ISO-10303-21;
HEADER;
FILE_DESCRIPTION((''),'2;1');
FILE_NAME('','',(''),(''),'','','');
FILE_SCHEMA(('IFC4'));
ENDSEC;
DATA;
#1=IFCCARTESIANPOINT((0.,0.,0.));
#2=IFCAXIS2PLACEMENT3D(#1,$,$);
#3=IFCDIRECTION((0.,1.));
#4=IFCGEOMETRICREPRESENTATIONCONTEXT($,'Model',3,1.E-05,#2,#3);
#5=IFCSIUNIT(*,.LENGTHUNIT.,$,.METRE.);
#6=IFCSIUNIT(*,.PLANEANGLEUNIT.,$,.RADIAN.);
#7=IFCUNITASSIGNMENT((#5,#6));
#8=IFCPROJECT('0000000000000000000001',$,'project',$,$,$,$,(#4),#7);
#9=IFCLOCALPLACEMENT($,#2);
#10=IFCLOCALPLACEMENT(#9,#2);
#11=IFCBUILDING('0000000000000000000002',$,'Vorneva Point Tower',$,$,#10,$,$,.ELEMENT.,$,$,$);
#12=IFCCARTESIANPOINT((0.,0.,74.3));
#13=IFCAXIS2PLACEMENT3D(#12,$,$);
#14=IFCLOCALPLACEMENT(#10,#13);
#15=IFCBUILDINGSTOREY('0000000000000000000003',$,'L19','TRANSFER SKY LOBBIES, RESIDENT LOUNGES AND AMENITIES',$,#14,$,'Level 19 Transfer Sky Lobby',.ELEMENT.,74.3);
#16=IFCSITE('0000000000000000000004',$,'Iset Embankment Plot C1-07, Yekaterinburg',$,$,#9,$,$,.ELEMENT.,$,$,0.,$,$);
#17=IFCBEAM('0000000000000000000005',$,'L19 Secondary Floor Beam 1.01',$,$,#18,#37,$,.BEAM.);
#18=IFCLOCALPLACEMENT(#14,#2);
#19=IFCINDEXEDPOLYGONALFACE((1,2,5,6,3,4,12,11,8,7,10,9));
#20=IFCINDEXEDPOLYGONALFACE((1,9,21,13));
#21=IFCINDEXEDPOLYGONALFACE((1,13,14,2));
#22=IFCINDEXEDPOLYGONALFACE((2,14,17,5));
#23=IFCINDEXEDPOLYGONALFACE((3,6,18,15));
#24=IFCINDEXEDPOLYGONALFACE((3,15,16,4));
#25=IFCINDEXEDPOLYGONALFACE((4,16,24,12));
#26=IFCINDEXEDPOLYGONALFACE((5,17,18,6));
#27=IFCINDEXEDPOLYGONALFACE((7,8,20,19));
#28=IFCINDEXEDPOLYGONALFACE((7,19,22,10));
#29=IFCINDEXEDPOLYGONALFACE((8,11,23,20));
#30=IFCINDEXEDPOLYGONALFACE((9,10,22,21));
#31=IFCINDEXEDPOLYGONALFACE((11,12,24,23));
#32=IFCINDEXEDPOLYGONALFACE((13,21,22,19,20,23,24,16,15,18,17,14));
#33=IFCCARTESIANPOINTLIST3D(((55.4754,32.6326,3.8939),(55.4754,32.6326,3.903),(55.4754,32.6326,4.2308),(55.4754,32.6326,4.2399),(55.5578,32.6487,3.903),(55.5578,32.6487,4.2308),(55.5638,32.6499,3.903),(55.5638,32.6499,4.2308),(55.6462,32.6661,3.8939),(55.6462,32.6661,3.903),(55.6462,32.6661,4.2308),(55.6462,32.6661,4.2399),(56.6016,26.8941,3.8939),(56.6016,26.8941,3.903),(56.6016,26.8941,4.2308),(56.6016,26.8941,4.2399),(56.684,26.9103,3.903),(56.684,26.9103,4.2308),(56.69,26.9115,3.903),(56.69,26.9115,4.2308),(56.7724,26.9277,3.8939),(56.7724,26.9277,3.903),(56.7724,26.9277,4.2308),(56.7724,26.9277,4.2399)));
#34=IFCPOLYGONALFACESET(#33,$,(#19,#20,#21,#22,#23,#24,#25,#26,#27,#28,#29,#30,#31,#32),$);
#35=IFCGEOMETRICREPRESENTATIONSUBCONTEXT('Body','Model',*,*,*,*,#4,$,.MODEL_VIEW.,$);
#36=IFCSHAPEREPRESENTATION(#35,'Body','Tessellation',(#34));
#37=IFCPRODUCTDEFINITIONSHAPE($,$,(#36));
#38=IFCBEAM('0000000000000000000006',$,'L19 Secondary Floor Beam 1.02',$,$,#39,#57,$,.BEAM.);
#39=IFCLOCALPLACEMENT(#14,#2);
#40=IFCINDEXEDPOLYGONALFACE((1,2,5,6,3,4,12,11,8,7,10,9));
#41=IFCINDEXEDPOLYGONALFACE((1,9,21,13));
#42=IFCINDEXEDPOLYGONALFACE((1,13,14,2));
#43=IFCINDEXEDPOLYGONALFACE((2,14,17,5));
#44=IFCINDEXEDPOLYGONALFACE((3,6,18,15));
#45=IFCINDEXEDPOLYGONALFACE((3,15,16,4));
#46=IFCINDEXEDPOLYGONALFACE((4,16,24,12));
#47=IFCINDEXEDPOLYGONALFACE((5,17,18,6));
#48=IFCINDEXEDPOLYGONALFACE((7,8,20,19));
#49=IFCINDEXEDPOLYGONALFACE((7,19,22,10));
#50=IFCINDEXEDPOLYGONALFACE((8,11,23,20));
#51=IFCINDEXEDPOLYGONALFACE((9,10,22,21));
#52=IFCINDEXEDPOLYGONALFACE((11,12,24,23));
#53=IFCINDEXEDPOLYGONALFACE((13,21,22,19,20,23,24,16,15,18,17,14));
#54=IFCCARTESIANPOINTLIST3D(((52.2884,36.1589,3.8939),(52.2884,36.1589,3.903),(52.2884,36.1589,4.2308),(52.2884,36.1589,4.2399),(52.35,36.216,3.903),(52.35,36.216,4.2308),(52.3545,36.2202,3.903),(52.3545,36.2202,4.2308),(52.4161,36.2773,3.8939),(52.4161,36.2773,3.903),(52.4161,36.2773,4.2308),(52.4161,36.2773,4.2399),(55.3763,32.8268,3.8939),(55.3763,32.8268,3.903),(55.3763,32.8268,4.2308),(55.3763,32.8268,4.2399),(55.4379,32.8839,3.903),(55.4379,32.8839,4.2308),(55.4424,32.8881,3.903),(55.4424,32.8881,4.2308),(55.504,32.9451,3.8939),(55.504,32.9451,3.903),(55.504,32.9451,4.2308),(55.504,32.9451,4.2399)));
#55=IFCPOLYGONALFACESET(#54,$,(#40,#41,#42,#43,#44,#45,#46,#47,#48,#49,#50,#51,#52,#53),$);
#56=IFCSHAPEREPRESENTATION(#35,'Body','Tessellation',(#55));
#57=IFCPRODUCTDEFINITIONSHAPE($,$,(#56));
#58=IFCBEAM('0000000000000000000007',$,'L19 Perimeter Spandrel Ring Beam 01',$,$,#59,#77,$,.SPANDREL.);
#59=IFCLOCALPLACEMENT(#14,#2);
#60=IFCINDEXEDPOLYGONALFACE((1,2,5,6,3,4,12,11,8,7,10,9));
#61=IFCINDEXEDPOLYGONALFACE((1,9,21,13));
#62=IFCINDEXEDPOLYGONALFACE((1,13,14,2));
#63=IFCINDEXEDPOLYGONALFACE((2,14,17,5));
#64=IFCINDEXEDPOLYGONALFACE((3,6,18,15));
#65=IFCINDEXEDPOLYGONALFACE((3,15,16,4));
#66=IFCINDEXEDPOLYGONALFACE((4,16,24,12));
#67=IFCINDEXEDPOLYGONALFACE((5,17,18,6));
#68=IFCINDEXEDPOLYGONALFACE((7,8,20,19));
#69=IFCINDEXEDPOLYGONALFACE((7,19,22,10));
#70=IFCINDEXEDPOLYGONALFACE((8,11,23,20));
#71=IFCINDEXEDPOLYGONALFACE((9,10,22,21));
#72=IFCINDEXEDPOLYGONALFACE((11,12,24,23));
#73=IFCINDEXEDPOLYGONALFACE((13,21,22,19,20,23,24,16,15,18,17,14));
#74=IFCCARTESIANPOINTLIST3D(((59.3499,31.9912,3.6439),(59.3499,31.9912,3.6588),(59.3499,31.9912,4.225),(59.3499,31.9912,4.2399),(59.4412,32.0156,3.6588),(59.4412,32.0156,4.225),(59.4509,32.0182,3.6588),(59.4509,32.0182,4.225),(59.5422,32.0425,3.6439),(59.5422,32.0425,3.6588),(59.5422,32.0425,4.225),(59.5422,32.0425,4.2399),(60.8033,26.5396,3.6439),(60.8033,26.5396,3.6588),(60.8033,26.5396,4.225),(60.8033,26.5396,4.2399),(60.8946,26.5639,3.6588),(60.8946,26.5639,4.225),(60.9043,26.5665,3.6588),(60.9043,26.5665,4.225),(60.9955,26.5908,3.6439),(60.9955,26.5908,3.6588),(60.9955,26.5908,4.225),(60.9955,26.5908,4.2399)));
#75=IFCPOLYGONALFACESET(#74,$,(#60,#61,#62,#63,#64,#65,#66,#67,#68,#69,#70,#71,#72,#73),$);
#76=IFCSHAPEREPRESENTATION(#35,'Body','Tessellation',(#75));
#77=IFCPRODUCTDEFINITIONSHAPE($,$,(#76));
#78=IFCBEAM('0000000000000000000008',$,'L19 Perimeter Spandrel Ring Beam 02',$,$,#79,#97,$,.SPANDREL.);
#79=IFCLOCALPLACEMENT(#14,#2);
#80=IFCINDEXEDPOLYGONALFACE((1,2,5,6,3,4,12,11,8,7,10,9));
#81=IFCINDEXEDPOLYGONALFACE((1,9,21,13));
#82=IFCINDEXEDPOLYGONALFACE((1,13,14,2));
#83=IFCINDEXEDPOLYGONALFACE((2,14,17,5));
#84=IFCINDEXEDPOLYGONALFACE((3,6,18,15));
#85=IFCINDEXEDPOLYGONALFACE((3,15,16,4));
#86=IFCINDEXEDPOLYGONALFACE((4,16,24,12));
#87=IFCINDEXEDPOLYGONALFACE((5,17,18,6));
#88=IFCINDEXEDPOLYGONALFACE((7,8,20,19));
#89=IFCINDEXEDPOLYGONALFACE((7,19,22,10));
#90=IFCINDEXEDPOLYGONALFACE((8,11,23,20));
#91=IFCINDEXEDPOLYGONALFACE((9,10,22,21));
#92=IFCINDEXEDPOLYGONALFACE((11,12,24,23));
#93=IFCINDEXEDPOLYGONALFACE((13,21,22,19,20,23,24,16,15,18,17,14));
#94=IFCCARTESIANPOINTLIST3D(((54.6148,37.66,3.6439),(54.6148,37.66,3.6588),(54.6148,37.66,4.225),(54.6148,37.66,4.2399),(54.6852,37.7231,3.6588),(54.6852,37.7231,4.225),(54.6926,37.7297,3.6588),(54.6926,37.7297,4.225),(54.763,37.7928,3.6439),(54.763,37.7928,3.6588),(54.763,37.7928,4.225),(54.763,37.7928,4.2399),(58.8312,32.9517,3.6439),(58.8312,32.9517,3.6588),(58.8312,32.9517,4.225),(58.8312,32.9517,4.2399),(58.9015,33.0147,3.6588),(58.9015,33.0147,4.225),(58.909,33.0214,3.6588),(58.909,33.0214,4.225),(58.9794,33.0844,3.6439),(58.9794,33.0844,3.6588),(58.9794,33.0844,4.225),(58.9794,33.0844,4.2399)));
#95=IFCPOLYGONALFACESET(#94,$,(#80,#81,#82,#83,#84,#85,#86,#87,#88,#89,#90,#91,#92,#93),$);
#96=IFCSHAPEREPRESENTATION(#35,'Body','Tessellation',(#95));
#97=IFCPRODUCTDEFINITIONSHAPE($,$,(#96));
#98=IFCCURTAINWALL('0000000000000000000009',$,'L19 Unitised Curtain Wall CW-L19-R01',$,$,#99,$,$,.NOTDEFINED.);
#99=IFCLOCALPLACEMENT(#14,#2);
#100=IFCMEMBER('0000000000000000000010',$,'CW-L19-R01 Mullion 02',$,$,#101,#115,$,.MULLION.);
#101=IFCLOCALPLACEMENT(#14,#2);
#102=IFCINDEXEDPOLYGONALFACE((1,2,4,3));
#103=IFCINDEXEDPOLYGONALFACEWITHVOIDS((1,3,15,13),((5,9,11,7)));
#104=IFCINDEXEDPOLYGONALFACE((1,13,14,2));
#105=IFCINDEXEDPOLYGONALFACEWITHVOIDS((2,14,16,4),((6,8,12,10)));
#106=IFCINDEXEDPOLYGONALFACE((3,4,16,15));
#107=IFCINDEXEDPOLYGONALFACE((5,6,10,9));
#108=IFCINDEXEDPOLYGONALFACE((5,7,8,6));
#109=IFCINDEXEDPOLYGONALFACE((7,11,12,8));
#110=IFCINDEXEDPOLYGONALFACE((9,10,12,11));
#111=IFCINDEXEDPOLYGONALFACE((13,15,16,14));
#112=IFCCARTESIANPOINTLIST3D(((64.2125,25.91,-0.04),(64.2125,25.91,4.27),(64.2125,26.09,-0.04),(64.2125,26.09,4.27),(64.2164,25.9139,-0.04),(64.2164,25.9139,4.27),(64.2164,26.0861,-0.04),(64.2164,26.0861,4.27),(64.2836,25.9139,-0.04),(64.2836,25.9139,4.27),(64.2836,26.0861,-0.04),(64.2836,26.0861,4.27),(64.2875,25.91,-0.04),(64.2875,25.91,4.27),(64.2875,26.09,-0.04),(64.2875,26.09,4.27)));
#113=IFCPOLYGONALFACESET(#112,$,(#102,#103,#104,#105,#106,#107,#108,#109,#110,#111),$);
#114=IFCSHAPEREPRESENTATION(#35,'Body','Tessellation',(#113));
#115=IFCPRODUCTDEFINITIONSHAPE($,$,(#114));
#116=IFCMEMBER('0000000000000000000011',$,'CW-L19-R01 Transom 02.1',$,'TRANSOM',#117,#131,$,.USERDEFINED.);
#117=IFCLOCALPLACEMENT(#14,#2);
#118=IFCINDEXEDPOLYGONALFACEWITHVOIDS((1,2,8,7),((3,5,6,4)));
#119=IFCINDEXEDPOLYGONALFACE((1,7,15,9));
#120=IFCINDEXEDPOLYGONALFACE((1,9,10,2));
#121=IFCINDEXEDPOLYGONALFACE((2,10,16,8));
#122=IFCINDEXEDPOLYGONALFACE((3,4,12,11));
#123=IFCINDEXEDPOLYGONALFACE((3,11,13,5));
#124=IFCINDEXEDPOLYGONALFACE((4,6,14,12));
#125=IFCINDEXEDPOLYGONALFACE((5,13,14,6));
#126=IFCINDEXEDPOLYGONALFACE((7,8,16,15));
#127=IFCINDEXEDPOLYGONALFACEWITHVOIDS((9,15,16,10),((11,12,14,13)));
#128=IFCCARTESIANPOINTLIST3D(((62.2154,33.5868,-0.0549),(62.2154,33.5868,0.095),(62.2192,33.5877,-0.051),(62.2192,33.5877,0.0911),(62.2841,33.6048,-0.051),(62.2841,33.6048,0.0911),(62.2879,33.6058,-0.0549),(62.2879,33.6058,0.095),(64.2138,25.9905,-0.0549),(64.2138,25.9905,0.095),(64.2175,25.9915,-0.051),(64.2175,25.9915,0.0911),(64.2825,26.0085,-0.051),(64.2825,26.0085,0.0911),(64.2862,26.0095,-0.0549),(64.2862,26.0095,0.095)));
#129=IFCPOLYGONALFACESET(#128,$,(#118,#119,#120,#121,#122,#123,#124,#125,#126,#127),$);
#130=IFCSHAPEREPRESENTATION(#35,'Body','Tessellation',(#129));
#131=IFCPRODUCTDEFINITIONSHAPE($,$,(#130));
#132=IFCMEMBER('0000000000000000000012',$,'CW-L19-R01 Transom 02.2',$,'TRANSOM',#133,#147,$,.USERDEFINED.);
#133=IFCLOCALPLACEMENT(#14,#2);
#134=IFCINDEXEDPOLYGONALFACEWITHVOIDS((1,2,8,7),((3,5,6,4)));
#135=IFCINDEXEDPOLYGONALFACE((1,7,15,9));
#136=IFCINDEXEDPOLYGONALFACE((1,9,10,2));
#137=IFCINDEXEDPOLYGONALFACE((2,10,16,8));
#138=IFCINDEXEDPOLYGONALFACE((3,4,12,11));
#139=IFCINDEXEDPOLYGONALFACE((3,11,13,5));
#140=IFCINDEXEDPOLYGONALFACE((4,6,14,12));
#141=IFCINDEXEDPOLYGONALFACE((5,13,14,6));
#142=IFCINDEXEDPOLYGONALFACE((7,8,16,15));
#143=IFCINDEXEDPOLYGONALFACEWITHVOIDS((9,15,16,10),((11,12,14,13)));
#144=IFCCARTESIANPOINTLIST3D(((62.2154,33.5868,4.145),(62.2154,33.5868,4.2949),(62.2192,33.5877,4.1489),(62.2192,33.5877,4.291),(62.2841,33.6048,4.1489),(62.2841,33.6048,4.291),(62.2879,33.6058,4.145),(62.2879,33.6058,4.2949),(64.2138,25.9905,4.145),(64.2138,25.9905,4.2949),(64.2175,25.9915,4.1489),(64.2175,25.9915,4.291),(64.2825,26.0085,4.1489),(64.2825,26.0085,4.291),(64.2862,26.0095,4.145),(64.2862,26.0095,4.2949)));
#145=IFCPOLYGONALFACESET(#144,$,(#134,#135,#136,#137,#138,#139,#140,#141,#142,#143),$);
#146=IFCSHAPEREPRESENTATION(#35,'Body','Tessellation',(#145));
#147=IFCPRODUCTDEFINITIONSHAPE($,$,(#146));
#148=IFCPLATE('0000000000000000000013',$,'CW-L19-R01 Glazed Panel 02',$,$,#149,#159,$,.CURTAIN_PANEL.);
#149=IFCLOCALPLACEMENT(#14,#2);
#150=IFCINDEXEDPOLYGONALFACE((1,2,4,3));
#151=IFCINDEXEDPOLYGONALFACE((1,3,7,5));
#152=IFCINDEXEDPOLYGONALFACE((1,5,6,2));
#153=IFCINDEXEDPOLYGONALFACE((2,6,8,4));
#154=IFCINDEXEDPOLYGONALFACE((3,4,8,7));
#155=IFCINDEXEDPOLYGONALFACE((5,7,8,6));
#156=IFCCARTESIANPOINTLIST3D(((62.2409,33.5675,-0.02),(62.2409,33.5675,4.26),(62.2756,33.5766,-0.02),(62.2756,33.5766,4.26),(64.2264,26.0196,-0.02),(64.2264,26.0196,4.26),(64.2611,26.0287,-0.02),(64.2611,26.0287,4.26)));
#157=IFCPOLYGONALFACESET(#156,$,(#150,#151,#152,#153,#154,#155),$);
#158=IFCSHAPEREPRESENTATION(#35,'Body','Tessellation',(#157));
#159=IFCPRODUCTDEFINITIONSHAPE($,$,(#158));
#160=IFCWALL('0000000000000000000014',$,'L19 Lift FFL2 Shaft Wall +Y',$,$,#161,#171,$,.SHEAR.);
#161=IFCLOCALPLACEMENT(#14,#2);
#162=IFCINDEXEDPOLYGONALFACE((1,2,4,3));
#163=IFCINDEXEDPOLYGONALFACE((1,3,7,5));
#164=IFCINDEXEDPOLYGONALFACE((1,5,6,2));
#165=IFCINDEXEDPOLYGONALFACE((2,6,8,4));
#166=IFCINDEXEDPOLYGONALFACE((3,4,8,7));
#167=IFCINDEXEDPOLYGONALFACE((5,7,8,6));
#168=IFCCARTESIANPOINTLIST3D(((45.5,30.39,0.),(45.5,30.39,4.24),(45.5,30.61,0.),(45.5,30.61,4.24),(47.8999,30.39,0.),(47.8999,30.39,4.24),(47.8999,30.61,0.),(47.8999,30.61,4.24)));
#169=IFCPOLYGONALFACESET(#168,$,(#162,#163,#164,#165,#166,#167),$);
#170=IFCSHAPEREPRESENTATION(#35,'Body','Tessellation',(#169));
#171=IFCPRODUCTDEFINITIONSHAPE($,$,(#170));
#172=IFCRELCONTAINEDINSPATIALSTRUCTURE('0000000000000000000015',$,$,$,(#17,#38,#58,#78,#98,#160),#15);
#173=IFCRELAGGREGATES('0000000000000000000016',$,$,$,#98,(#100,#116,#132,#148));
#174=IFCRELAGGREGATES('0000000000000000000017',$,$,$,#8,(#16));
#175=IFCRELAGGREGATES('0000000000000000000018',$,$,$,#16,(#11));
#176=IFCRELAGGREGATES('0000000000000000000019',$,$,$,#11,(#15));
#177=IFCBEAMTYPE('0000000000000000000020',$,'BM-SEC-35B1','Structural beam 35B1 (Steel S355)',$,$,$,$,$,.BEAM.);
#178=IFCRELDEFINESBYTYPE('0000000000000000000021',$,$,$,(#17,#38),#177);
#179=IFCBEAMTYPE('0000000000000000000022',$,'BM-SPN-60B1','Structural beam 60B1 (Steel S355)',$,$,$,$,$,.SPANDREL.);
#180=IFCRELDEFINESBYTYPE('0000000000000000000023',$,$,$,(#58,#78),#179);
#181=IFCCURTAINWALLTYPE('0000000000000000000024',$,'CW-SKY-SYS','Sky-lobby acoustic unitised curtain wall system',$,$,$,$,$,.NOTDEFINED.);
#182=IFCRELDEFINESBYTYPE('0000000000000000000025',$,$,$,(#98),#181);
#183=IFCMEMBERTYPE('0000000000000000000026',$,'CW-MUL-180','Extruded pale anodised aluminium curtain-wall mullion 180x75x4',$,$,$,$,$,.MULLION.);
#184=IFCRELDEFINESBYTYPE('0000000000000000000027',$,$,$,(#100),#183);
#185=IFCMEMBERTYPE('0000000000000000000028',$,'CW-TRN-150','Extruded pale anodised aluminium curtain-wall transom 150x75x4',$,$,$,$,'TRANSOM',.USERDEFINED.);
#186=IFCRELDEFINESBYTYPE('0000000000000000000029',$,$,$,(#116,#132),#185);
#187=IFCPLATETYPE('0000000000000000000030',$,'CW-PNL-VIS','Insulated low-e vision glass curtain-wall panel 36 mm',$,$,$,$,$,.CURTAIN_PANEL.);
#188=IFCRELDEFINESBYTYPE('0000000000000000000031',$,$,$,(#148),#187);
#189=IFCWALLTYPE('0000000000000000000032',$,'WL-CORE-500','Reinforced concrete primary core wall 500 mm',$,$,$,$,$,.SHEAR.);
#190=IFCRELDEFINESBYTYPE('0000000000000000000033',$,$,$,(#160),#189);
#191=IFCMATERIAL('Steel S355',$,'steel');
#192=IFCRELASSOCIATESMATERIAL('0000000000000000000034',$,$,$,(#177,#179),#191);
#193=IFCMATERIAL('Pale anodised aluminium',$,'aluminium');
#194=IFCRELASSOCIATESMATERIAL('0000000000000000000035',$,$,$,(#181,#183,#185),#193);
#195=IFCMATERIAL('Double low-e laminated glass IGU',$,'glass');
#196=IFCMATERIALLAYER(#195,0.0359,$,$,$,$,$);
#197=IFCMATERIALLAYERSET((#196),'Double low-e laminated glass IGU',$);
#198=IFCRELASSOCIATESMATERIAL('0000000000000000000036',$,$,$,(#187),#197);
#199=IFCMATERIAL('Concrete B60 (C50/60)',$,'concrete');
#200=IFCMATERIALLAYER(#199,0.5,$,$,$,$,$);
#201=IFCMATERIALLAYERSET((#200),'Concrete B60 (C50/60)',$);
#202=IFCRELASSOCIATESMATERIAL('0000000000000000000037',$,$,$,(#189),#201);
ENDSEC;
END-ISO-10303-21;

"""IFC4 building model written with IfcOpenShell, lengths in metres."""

from ifc_helpers import new_model, si_unit, direction, frame, frame_2d, origin, origin_2d, place, context, subcontext, project, spatial, rectangle, hollow_rectangle, i_section, extrude, material, layer, layer_set, material_profile, profile_set, type_object, element, aggregate, save


model = new_model("IFC4")

# Units and contexts
model_context = context("Model", 3, precision=1e-05, world=origin(), true_north=direction((0.0, 1.0)))
body_context = subcontext(model_context, "Body", "Model", "MODEL_VIEW")
ifc_project = project(units=[si_unit("LENGTHUNIT", "METRE"), si_unit("PLANEANGLEUNIT", "RADIAN")], contexts=[model_context])

# Site, building, storey
site_placement = place(None, origin())
site = spatial("IfcSite", under=ifc_project, at=site_placement, Name="Iset Embankment Plot C1-07, Yekaterinburg", CompositionType="ELEMENT", RefElevation=0.0)
building_placement = place(site_placement, origin())
building = spatial("IfcBuilding", under=site, at=building_placement, Name="Vorneva Point Tower", CompositionType="ELEMENT")
storey_placement = place(building_placement, frame((0.0, 0.0, 74.3)))
storey = spatial("IfcBuildingStorey", under=building, at=storey_placement, Name="L19", Description="TRANSFER SKY LOBBIES, RESIDENT LOUNGES AND AMENITIES", LongName="Level 19 Transfer Sky Lobby", CompositionType="ELEMENT", Elevation=74.3)

# Shared definitions
ifc_material_1 = material(Name="Concrete B60 (C50/60)", Category="concrete")

# Beams
ifc_material_2 = material(Name="Steel S355", Category="steel")
ifc_material_profile_1 = material_profile(ifc_material_2, i_section(OverallWidth=0.1741, OverallDepth=0.3459, WebThickness=0.0061, FlangeThickness=0.009, at=origin_2d()), Name="35B1")
ifc_profile_set_1 = profile_set([ifc_material_profile_1], Name="Steel S355")
beam_type_1 = type_object("IfcBeamType", Name="BM-SEC-35B1", Description="Structural beam 35B1 (Steel S355)", PredefinedType="BEAM", material=ifc_profile_set_1)
beam_1_placement = place(storey_placement, frame((56.687, 26.9109, 4.0669), z_axis=(-0.192582, 0.981281, 0.0), x_axis=(-0.981281, -0.192582, 0.0)))
element("IfcBeam", 1, at=beam_1_placement, inside=storey, type_object=beam_type_1, Name="L19 Secondary Floor Beam 1.01", PredefinedType="BEAM", context=body_context, shape_type="SweptSolid", body=[
    extrude(i_section(OverallWidth=0.1741, OverallDepth=0.3459, WebThickness=0.0061, FlangeThickness=0.009, at=origin_2d()), origin(), (0.0, 0.0, 1.0), 5.8479),
])
beam_2_placement = place(storey_placement, frame((55.4402, 32.886, 4.0669), z_axis=(-0.679725, 0.733467, 0.0), x_axis=(-0.733467, -0.679725, 0.0)))
element("IfcBeam", 2, at=beam_2_placement, inside=storey, type_object=beam_type_1, Name="L19 Secondary Floor Beam 1.02", PredefinedType="BEAM", context=body_context, shape_type="SweptSolid", body=[
    extrude(i_section(OverallWidth=0.1741, OverallDepth=0.3459, WebThickness=0.0061, FlangeThickness=0.009, at=origin_2d()), origin(), (0.0, 0.0, 1.0), 4.543),
])
ifc_material_profile_2 = material_profile(ifc_material_2, i_section(OverallWidth=0.199, OverallDepth=0.5959, WebThickness=0.01, FlangeThickness=0.0149, at=origin_2d()), Name="60B1")
ifc_profile_set_2 = profile_set([ifc_material_profile_2], Name="Steel S355")
beam_type_2 = type_object("IfcBeamType", Name="BM-SPN-60B1", Description="Structural beam 60B1 (Steel S355)", PredefinedType="SPANDREL", material=ifc_profile_set_2)
beam_3_placement = place(storey_placement, frame((60.8994, 26.5652, 3.9419), z_axis=(-0.257595, 0.966253, 0.0), x_axis=(-0.966253, -0.257595, 0.0)))
element("IfcBeam", 3, at=beam_3_placement, inside=storey, type_object=beam_type_2, Name="L19 Perimeter Spandrel Ring Beam 01", PredefinedType="SPANDREL", context=body_context, shape_type="SweptSolid", body=[
    extrude(i_section(OverallWidth=0.199, OverallDepth=0.5959, WebThickness=0.01, FlangeThickness=0.0149, at=origin_2d()), origin(), (0.0, 0.0, 1.0), 5.6421),
])
beam_4_placement = place(storey_placement, frame((58.9053, 33.0181, 3.9419), z_axis=(-0.667117, 0.744953, 0.0), x_axis=(-0.744953, -0.667117, 0.0)))
element("IfcBeam", 4, at=beam_4_placement, inside=storey, type_object=beam_type_2, Name="L19 Perimeter Spandrel Ring Beam 02", PredefinedType="SPANDREL", context=body_context, shape_type="SweptSolid", body=[
    extrude(i_section(OverallWidth=0.199, OverallDepth=0.5959, WebThickness=0.01, FlangeThickness=0.0149, at=origin_2d()), origin(), (0.0, 0.0, 1.0), 6.3203),
])

# Curtain wall, members, plate
ifc_material_3 = material(Name="Pale anodised aluminium", Category="aluminium")
curtain_wall_type = type_object("IfcCurtainWallType", Name="CW-SKY-SYS", Description="Sky-lobby acoustic unitised curtain wall system", PredefinedType="NOTDEFINED", material=ifc_material_3)
curtain_wall_placement = place(storey_placement, origin())
curtain_wall = element("IfcCurtainWall", 5, at=curtain_wall_placement, inside=storey, type_object=curtain_wall_type, Name="L19 Unitised Curtain Wall CW-L19-R01", PredefinedType="NOTDEFINED")
ifc_material_profile_3 = material_profile(ifc_material_3, hollow_rectangle(XDim=0.075, YDim=0.1799, WallThickness=0.0039, at=origin_2d()), Name="AL-MUL 180x75x4")
ifc_profile_set_3 = profile_set([ifc_material_profile_3], Name="Pale anodised aluminium")
member_type_1 = type_object("IfcMemberType", Name="CW-MUL-180", Description="Extruded pale anodised aluminium curtain-wall mullion 180x75x4", PredefinedType="MULLION", material=ifc_profile_set_3)
member_1_placement = place(storey_placement, frame((64.25, 26.0, -0.04), z_axis=(0.0, 0.0, 1.0), x_axis=(1.0, 0.0, 0.0)))
member_1 = element("IfcMember", 6, at=member_1_placement, type_object=member_type_1, Name="CW-L19-R01 Mullion 02", PredefinedType="MULLION", context=body_context, shape_type="SweptSolid", body=[
    extrude(hollow_rectangle(XDim=0.075, YDim=0.1799, WallThickness=0.0039, at=origin_2d()), origin(), (0.0, 0.0, 1.0), 4.3101),
])
ifc_material_profile_4 = material_profile(ifc_material_3, hollow_rectangle(XDim=0.075, YDim=0.1499, WallThickness=0.0039, at=origin_2d()), Name="AL-TRN 150x75x4")
ifc_profile_set_4 = profile_set([ifc_material_profile_4], Name="Pale anodised aluminium")
member_type_2 = type_object("IfcMemberType", Name="CW-TRN-150", Description="Extruded pale anodised aluminium curtain-wall transom 150x75x4", ElementType="TRANSOM", PredefinedType="USERDEFINED", material=ifc_profile_set_4)
member_2_placement = place(storey_placement, frame((64.25, 26.0, 0.02), z_axis=(-0.254409, 0.967097, 0.0), x_axis=(-0.967097, -0.254409, 0.0)))
member_2 = element("IfcMember", 7, at=member_2_placement, type_object=member_type_2, Name="CW-L19-R01 Transom 02.1", ObjectType="TRANSOM", PredefinedType="USERDEFINED", context=body_context, shape_type="SweptSolid", body=[
    extrude(hollow_rectangle(XDim=0.075, YDim=0.1499, WallThickness=0.0039, at=origin_2d()), origin(), (0.0, 0.0, 1.0), 7.8547),
])
member_3_placement = place(storey_placement, frame((64.25, 26.0, 4.22), z_axis=(-0.254409, 0.967097, 0.0), x_axis=(-0.967097, -0.254409, 0.0)))
member_3 = element("IfcMember", 8, at=member_3_placement, type_object=member_type_2, Name="CW-L19-R01 Transom 02.2", ObjectType="TRANSOM", PredefinedType="USERDEFINED", context=body_context, shape_type="SweptSolid", body=[
    extrude(hollow_rectangle(XDim=0.075, YDim=0.1499, WallThickness=0.0039, at=origin_2d()), origin(), (0.0, 0.0, 1.0), 7.8547),
])
ifc_material_4 = material(Name="Double low-e laminated glass IGU", Category="glass")
ifc_layer_1 = layer(ifc_material_4, 0.0359)
ifc_layer_set_1 = layer_set([ifc_layer_1], Name="Double low-e laminated glass IGU")
plate_type = type_object("IfcPlateType", Name="CW-PNL-VIS", Description="Insulated low-e vision glass curtain-wall panel 36 mm", PredefinedType="CURTAIN_PANEL", material=ifc_layer_set_1)
plate_placement = place(storey_placement, frame((63.251, 29.7981, -0.02), z_axis=(0.0, 0.0, 1.0), x_axis=(-0.254399, 0.967099, 0.0)))
plate = element("IfcPlate", 9, at=plate_placement, type_object=plate_type, Name="CW-L19-R01 Glazed Panel 02", PredefinedType="CURTAIN_PANEL", context=body_context, shape_type="SweptSolid", body=[
    extrude(rectangle(XDim=7.8047, YDim=0.0359, at=origin_2d()), origin(), (0.0, 0.0, 1.0), 4.28),
])
aggregate(curtain_wall, [member_1, member_2, member_3, plate])

# Wall
ifc_layer_2 = layer(ifc_material_1, 0.5)
ifc_layer_set_2 = layer_set([ifc_layer_2], Name="Concrete B60 (C50/60)")
wall_type_1 = type_object("IfcWallType", Name="WL-CORE-500", Description="Reinforced concrete primary core wall 500 mm", PredefinedType="SHEAR", material=ifc_layer_set_2)
wall_1_placement = place(storey_placement, frame((47.8999, 30.5, 0.0), z_axis=(0.0, 0.0, 1.0), x_axis=(-1.0, 0.0, 0.0)))
element("IfcWall", 10, at=wall_1_placement, inside=storey, type_object=wall_type_1, Name="L19 Lift FFL2 Shaft Wall +Y", PredefinedType="SHEAR", context=body_context, shape_type="SweptSolid", body=[
    extrude(rectangle(XDim=2.3999, YDim=0.22, at=frame_2d((1.2, 0.0))), origin(), (0.0, 0.0, 1.0), 4.24),
])

save(model, "model.ifc")
